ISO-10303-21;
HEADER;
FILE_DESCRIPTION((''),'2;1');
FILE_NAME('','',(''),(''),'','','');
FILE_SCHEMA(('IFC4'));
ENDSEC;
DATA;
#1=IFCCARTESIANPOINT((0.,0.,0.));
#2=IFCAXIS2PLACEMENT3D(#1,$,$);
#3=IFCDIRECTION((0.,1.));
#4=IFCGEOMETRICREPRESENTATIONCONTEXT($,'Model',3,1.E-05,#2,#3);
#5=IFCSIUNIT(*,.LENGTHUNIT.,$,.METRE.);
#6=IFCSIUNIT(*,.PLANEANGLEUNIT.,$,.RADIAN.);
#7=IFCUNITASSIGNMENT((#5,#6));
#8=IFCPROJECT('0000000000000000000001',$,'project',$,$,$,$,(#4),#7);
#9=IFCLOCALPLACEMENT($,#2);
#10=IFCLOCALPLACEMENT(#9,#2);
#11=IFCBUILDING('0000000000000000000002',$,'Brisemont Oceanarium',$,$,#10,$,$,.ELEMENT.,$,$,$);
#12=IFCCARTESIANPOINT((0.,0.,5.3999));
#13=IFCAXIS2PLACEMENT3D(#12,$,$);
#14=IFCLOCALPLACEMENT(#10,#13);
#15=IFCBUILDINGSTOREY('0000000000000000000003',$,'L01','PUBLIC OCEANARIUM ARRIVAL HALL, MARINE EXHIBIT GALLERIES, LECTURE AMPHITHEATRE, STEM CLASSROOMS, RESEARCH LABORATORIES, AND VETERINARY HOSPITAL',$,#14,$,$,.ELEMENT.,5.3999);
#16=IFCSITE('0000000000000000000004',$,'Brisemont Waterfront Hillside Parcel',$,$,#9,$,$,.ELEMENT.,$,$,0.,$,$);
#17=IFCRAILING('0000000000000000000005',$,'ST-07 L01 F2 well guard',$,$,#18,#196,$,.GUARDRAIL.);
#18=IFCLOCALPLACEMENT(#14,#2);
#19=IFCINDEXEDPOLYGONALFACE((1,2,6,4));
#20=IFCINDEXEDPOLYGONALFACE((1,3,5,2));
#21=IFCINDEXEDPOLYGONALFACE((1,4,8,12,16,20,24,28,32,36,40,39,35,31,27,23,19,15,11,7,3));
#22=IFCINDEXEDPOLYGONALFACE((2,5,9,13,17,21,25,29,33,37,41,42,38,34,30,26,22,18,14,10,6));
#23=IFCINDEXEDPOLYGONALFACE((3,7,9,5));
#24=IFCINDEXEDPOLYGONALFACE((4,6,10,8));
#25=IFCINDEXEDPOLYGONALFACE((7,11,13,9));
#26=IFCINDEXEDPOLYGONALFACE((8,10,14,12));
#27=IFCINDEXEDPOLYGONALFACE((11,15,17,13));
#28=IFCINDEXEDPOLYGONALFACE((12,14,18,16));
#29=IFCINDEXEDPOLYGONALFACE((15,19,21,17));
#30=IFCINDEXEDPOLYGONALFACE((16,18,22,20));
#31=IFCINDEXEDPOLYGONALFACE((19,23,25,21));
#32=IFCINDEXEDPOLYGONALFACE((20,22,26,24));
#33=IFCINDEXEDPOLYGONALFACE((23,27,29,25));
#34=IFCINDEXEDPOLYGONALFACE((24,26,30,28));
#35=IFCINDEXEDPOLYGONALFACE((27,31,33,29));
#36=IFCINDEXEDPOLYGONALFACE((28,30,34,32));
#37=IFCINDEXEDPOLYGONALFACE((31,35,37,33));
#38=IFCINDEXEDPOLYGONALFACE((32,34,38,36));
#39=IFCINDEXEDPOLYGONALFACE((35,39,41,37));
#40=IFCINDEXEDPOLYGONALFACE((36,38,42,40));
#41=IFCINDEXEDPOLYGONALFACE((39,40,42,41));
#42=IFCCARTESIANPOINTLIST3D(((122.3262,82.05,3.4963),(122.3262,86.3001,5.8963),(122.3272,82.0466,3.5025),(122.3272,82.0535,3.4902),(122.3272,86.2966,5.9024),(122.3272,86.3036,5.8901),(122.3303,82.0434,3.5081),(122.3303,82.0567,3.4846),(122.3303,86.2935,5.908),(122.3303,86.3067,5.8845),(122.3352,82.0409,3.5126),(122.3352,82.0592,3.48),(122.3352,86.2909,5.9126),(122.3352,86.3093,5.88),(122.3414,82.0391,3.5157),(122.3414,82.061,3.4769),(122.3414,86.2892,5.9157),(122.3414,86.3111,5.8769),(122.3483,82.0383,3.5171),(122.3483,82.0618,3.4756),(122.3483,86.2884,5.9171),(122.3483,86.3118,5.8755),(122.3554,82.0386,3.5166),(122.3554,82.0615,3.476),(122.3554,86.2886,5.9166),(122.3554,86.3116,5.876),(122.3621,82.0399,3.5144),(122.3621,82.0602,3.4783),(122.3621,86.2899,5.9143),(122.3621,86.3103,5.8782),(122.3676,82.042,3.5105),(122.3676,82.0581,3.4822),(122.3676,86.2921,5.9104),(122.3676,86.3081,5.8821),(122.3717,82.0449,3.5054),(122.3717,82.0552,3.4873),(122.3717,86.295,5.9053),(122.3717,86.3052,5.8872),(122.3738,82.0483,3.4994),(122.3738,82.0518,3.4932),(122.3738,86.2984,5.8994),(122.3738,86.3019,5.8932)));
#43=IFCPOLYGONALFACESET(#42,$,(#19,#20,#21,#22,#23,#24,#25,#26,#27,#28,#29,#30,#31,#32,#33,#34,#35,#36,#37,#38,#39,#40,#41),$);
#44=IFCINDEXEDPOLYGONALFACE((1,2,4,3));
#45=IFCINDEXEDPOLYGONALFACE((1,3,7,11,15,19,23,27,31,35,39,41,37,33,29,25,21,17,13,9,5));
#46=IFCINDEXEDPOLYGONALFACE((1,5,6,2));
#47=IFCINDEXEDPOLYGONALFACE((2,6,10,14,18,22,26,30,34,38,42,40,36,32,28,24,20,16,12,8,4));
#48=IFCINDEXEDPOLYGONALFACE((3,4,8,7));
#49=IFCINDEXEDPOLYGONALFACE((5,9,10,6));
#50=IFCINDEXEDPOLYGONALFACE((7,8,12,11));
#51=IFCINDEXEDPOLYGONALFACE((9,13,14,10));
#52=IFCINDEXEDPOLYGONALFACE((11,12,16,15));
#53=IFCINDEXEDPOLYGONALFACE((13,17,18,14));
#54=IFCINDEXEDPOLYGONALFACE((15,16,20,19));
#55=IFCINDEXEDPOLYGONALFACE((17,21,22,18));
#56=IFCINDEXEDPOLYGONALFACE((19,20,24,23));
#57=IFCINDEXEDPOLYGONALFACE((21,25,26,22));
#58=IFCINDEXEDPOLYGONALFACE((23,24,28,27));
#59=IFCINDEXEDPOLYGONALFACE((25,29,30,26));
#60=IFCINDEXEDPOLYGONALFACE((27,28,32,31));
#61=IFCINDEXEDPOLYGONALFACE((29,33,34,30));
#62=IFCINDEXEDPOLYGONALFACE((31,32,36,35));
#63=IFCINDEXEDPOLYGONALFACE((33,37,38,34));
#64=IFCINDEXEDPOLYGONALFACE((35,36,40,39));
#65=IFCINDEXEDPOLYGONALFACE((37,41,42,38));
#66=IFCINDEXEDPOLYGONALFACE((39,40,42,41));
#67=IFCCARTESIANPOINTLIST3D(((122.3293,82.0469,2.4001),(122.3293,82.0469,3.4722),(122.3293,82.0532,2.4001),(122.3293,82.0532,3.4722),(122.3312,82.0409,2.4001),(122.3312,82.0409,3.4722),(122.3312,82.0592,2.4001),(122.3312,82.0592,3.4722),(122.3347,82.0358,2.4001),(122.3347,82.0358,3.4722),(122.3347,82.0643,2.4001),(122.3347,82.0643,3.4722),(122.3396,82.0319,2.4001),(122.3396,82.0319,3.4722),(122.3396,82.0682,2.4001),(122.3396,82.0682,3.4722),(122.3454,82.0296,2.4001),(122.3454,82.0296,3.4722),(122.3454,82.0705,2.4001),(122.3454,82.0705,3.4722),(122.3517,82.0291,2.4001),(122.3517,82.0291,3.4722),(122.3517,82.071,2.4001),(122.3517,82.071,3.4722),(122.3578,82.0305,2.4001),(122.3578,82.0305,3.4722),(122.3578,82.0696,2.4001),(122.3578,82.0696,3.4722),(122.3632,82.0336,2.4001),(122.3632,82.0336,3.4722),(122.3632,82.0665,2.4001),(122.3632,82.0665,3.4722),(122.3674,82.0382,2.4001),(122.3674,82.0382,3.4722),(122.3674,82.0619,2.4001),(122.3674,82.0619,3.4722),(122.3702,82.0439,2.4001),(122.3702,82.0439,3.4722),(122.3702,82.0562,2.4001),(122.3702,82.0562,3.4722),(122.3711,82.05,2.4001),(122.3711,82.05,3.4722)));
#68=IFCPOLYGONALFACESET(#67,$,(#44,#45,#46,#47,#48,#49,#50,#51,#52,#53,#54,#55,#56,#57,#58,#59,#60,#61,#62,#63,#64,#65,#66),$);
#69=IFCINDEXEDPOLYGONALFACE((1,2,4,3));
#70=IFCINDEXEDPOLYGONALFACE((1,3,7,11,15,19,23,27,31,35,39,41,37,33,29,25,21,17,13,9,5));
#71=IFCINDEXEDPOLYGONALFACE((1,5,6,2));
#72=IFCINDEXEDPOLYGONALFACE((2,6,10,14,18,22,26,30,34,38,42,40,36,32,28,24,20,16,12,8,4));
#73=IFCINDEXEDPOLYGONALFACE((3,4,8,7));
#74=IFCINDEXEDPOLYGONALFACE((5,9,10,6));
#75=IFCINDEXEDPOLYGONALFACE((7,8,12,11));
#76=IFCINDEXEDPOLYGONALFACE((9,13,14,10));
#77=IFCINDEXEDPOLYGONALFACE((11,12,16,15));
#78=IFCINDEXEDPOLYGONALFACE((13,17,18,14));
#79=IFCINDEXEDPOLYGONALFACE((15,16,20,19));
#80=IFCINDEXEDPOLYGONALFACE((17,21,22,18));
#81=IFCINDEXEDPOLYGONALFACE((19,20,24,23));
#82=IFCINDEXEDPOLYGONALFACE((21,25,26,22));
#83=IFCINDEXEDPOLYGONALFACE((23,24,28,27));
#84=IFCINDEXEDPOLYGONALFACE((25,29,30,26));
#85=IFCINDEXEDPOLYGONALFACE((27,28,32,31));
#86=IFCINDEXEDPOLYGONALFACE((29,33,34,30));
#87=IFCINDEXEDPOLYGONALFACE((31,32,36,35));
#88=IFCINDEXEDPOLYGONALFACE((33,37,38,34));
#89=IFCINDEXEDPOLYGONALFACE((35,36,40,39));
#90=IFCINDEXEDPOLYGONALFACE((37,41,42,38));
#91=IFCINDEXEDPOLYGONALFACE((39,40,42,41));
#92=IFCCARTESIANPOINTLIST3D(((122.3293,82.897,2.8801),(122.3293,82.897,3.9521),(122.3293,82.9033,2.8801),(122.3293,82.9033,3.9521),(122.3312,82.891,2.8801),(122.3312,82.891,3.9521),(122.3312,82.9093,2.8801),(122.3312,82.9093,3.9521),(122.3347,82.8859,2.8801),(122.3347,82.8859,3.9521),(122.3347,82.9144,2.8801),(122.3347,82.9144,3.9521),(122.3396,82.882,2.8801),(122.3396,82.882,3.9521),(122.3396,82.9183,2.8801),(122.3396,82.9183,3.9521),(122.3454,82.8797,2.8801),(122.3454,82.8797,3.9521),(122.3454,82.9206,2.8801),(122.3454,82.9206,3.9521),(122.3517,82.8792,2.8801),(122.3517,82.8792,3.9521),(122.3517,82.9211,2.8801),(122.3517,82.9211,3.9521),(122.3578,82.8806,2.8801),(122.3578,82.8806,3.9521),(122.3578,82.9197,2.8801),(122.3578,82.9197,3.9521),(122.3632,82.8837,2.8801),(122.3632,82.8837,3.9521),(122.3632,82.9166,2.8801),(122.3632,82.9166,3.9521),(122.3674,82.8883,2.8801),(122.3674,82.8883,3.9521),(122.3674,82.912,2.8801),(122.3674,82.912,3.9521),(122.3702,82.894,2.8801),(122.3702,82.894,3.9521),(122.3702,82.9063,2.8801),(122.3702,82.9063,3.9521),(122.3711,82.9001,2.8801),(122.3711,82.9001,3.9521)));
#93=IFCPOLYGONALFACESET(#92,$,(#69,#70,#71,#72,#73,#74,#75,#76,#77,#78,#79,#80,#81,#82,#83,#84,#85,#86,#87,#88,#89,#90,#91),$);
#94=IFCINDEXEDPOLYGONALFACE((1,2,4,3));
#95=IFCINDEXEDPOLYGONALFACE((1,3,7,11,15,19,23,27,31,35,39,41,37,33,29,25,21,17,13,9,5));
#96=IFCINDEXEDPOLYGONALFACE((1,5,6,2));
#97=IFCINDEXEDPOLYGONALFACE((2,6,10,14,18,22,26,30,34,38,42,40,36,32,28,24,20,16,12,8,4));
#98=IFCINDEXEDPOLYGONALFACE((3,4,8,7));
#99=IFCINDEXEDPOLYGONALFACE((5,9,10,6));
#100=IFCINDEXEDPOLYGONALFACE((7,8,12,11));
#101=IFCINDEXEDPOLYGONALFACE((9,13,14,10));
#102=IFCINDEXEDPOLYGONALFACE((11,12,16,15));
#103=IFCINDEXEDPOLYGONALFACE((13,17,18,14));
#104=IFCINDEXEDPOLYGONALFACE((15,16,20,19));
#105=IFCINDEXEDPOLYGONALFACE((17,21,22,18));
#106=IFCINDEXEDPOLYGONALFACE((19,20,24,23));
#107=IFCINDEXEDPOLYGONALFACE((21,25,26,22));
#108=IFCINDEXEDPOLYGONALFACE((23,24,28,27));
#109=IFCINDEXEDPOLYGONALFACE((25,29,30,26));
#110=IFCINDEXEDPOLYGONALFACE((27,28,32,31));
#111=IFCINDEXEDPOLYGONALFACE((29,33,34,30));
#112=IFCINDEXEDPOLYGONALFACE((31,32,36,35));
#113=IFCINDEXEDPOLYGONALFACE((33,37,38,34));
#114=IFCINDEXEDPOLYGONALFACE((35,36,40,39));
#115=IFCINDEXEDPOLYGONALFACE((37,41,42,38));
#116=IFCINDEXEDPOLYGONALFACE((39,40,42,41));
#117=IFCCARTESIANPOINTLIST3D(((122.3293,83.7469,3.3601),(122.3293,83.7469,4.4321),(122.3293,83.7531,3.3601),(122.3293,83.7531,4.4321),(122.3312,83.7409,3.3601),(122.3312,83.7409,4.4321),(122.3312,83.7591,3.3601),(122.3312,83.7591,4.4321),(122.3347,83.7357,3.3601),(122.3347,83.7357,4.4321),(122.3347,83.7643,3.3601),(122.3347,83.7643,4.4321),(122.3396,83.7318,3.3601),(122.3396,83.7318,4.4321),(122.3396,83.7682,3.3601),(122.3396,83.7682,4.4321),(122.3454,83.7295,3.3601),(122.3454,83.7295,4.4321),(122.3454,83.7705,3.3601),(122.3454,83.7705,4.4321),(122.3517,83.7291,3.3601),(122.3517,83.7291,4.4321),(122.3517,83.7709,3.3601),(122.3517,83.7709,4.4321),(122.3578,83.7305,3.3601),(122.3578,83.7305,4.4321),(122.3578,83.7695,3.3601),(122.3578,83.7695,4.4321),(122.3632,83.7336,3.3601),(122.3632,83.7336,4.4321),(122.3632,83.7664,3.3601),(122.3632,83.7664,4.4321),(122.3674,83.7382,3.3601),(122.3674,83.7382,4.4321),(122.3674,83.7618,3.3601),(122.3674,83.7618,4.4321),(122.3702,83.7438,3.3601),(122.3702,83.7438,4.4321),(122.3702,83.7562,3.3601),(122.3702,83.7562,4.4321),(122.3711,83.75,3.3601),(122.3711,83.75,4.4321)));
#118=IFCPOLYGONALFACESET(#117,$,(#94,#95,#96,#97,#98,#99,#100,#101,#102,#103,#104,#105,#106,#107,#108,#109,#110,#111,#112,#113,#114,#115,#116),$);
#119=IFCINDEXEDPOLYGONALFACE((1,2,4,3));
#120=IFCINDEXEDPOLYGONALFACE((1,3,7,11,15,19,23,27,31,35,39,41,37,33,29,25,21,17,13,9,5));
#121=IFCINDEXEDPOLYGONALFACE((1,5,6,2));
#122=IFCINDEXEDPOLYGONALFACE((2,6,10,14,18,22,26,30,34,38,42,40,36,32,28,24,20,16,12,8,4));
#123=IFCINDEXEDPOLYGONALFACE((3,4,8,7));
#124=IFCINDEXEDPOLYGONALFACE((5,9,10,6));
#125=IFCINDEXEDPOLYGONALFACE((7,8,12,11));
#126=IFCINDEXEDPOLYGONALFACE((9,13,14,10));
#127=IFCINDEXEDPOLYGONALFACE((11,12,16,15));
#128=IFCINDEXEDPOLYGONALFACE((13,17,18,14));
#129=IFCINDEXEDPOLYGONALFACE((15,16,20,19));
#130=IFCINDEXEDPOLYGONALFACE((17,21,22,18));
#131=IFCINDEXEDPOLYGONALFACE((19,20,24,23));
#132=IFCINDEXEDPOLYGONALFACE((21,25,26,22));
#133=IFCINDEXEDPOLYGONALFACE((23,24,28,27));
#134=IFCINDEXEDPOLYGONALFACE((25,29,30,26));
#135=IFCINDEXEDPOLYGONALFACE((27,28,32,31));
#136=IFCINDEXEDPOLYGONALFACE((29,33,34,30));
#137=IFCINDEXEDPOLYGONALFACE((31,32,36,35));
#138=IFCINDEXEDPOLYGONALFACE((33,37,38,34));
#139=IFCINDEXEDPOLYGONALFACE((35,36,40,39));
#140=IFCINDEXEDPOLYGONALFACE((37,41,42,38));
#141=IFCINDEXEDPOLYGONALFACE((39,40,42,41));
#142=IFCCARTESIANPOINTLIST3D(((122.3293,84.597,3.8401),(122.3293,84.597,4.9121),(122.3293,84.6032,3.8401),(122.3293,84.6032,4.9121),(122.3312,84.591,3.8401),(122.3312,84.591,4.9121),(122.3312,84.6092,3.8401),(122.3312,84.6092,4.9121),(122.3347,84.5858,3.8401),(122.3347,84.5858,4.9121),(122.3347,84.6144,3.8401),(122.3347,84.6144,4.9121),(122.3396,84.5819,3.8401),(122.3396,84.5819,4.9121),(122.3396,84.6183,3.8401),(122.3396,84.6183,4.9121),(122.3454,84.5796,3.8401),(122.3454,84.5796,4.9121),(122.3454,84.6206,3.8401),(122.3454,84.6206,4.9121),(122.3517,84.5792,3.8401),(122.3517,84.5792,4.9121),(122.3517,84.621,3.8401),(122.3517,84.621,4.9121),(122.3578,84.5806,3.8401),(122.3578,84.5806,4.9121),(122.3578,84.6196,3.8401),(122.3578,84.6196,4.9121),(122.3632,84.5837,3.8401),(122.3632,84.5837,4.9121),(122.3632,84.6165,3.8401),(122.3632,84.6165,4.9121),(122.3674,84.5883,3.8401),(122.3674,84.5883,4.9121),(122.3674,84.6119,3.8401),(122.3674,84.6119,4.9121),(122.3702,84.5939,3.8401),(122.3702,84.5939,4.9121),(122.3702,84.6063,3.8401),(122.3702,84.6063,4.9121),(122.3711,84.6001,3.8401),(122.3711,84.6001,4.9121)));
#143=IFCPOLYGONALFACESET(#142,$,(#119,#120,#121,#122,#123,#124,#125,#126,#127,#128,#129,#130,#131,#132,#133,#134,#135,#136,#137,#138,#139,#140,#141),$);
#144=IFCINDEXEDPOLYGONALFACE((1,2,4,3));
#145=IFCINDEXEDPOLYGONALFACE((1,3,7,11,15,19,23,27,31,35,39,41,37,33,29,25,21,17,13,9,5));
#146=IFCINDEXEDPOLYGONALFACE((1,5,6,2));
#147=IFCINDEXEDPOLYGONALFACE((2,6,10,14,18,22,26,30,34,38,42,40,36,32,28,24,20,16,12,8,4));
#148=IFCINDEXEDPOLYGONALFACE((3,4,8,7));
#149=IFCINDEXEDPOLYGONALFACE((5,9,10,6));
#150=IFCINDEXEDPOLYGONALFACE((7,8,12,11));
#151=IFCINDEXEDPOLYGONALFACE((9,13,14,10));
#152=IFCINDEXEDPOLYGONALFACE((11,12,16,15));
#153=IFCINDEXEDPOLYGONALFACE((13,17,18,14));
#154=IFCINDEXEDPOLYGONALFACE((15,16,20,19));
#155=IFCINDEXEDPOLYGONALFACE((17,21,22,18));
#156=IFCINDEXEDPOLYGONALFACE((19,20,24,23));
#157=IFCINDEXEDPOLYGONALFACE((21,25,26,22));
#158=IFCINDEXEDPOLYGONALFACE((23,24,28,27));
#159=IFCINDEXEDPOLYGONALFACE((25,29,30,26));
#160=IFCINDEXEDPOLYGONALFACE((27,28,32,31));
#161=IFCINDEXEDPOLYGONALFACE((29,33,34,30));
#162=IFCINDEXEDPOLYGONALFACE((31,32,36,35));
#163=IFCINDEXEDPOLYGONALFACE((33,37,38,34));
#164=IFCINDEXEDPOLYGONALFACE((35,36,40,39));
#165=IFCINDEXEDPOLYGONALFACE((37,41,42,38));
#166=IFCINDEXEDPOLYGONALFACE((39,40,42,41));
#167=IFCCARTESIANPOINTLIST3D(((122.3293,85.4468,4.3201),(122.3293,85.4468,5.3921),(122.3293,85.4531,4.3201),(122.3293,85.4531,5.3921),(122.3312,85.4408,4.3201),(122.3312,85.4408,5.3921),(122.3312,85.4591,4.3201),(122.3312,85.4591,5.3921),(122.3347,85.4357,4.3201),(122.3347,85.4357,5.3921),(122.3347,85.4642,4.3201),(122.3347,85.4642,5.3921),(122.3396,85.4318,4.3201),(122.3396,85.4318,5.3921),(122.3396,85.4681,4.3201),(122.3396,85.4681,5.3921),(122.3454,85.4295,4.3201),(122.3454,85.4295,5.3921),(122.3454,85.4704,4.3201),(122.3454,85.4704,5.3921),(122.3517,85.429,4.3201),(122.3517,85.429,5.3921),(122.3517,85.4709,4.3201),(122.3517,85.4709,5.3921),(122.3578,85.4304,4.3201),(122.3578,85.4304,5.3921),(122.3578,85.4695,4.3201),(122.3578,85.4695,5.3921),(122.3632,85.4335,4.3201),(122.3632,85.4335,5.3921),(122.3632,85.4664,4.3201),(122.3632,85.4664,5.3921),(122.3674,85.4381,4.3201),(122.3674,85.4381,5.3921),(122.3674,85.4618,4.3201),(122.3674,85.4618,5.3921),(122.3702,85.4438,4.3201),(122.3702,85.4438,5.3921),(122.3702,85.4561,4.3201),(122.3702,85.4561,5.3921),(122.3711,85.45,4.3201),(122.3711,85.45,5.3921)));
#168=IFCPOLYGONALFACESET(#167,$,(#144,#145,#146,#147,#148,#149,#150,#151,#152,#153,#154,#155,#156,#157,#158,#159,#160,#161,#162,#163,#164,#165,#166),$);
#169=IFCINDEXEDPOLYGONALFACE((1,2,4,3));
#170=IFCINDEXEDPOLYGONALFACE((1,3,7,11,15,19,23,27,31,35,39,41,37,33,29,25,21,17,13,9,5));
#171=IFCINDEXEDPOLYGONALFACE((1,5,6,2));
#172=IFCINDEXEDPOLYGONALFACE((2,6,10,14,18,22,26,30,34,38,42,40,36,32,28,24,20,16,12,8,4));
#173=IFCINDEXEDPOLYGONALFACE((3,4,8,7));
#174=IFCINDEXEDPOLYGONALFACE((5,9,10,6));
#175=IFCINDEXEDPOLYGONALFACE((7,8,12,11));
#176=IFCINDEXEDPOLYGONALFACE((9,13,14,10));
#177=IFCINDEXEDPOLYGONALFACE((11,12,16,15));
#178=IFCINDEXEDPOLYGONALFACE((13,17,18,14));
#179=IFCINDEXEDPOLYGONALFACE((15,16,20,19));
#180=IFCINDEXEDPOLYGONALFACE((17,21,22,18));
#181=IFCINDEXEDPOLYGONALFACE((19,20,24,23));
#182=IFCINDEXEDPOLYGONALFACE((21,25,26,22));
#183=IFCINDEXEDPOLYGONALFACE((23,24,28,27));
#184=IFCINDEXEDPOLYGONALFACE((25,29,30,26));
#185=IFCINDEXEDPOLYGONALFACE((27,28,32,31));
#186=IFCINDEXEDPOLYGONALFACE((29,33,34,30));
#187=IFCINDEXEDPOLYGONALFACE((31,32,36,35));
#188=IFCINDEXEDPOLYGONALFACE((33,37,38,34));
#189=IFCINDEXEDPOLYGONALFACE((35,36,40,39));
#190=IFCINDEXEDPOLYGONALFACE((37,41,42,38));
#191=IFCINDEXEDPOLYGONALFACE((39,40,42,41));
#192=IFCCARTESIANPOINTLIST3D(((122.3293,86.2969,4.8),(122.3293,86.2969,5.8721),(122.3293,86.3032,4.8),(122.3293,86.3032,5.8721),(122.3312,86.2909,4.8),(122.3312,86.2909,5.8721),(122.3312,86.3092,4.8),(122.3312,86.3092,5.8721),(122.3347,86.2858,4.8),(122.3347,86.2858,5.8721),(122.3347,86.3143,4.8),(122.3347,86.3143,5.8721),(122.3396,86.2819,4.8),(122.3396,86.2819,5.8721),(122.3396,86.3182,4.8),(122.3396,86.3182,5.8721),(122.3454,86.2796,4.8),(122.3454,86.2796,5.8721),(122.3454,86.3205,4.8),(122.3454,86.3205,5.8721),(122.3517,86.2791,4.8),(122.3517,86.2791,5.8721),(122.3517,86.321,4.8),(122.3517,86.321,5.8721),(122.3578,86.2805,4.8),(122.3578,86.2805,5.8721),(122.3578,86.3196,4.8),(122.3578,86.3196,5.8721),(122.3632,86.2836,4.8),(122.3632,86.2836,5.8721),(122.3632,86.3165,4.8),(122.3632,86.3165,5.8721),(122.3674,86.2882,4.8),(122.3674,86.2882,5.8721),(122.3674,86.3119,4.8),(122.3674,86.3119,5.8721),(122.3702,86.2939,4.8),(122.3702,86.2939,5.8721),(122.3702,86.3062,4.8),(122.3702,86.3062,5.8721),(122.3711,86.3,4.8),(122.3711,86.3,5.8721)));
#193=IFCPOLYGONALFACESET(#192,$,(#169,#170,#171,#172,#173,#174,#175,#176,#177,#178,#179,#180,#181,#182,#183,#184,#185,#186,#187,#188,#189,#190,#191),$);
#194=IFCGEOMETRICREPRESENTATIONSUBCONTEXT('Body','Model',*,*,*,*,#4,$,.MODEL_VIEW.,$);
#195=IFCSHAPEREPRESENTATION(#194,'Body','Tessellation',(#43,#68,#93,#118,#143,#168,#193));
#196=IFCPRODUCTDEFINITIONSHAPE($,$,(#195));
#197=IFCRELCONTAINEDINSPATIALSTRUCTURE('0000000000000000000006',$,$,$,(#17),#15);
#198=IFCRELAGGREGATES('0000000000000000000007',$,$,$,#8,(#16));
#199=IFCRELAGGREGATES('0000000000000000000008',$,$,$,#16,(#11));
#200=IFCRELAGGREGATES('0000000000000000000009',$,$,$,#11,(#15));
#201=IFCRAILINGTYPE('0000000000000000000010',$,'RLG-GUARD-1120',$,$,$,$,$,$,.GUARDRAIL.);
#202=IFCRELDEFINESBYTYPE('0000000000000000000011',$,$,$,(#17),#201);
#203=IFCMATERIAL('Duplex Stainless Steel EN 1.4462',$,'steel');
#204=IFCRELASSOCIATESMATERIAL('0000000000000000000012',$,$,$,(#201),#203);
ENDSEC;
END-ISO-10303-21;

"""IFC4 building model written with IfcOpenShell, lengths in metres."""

from ifc_helpers import new_model, si_unit, direction, frame, origin, origin_2d, place, context, subcontext, project, spatial, circle, extrude, material, type_object, element, save


model = new_model("IFC4")

# Units and contexts
model_context = context("Model", 3, precision=1e-05, world=origin(), true_north=direction((0.0, 1.0)))
body_context = subcontext(model_context, "Body", "Model", "MODEL_VIEW")
ifc_project = project(units=[si_unit("LENGTHUNIT", "METRE"), si_unit("PLANEANGLEUNIT", "RADIAN")], contexts=[model_context])

# Site, building, storey
site_placement = place(None, origin())
site = spatial("IfcSite", under=ifc_project, at=site_placement, Name="Brisemont Waterfront Hillside Parcel", CompositionType="ELEMENT", RefElevation=0.0)
building_placement = place(site_placement, origin())
building = spatial("IfcBuilding", under=site, at=building_placement, Name="Brisemont Oceanarium", CompositionType="ELEMENT")
storey_placement = place(building_placement, frame((0.0, 0.0, 5.3999)))
storey = spatial("IfcBuildingStorey", under=building, at=storey_placement, Name="L01", Description="PUBLIC OCEANARIUM ARRIVAL HALL, MARINE EXHIBIT GALLERIES, LECTURE AMPHITHEATRE, STEM CLASSROOMS, RESEARCH LABORATORIES, AND VETERINARY HOSPITAL", CompositionType="ELEMENT", Elevation=5.3999)

# Railing
ifc_material_1 = material(Name="Duplex Stainless Steel EN 1.4462", Category="steel")
railing_type_1 = type_object("IfcRailingType", Name="RLG-GUARD-1120", PredefinedType="GUARDRAIL", material=ifc_material_1)
railing_1_placement = place(storey_placement, frame((122.3501, 82.05, 2.4001)))
element("IfcRailing", 1, at=railing_1_placement, inside=storey, type_object=railing_type_1, Name="ST-07 L01 F2 well guard", PredefinedType="GUARDRAIL", context=body_context, shape_type="SweptSolid", body=[
    extrude(circle(Radius=0.0239, at=origin_2d()), frame((0.0, 0.0, 1.0962), z_axis=(0.0, 0.870762, 0.491704), x_axis=(-1.0, 0.0, 0.0)), (0.0, 0.0, 1.0), 4.8809),
    extrude(circle(Radius=0.021, at=origin_2d()), origin(), (0.0, 0.0, 1.0), 1.072),
    extrude(circle(Radius=0.021, at=origin_2d()), frame((0.0, 0.8501, 0.48)), (0.0, 0.0, 1.0), 1.072),
    extrude(circle(Radius=0.021, at=origin_2d()), frame((0.0, 1.7, 0.96)), (0.0, 0.0, 1.0), 1.072),
    extrude(circle(Radius=0.021, at=origin_2d()), frame((0.0, 2.55, 1.4399)), (0.0, 0.0, 1.0), 1.072),
    extrude(circle(Radius=0.021, at=origin_2d()), frame((0.0, 3.3999, 1.9199)), (0.0, 0.0, 1.0), 1.072),
    extrude(circle(Radius=0.021, at=origin_2d()), frame((0.0, 4.25, 2.3999)), (0.0, 0.0, 1.0), 1.072),
])

save(model, "model.ifc")
